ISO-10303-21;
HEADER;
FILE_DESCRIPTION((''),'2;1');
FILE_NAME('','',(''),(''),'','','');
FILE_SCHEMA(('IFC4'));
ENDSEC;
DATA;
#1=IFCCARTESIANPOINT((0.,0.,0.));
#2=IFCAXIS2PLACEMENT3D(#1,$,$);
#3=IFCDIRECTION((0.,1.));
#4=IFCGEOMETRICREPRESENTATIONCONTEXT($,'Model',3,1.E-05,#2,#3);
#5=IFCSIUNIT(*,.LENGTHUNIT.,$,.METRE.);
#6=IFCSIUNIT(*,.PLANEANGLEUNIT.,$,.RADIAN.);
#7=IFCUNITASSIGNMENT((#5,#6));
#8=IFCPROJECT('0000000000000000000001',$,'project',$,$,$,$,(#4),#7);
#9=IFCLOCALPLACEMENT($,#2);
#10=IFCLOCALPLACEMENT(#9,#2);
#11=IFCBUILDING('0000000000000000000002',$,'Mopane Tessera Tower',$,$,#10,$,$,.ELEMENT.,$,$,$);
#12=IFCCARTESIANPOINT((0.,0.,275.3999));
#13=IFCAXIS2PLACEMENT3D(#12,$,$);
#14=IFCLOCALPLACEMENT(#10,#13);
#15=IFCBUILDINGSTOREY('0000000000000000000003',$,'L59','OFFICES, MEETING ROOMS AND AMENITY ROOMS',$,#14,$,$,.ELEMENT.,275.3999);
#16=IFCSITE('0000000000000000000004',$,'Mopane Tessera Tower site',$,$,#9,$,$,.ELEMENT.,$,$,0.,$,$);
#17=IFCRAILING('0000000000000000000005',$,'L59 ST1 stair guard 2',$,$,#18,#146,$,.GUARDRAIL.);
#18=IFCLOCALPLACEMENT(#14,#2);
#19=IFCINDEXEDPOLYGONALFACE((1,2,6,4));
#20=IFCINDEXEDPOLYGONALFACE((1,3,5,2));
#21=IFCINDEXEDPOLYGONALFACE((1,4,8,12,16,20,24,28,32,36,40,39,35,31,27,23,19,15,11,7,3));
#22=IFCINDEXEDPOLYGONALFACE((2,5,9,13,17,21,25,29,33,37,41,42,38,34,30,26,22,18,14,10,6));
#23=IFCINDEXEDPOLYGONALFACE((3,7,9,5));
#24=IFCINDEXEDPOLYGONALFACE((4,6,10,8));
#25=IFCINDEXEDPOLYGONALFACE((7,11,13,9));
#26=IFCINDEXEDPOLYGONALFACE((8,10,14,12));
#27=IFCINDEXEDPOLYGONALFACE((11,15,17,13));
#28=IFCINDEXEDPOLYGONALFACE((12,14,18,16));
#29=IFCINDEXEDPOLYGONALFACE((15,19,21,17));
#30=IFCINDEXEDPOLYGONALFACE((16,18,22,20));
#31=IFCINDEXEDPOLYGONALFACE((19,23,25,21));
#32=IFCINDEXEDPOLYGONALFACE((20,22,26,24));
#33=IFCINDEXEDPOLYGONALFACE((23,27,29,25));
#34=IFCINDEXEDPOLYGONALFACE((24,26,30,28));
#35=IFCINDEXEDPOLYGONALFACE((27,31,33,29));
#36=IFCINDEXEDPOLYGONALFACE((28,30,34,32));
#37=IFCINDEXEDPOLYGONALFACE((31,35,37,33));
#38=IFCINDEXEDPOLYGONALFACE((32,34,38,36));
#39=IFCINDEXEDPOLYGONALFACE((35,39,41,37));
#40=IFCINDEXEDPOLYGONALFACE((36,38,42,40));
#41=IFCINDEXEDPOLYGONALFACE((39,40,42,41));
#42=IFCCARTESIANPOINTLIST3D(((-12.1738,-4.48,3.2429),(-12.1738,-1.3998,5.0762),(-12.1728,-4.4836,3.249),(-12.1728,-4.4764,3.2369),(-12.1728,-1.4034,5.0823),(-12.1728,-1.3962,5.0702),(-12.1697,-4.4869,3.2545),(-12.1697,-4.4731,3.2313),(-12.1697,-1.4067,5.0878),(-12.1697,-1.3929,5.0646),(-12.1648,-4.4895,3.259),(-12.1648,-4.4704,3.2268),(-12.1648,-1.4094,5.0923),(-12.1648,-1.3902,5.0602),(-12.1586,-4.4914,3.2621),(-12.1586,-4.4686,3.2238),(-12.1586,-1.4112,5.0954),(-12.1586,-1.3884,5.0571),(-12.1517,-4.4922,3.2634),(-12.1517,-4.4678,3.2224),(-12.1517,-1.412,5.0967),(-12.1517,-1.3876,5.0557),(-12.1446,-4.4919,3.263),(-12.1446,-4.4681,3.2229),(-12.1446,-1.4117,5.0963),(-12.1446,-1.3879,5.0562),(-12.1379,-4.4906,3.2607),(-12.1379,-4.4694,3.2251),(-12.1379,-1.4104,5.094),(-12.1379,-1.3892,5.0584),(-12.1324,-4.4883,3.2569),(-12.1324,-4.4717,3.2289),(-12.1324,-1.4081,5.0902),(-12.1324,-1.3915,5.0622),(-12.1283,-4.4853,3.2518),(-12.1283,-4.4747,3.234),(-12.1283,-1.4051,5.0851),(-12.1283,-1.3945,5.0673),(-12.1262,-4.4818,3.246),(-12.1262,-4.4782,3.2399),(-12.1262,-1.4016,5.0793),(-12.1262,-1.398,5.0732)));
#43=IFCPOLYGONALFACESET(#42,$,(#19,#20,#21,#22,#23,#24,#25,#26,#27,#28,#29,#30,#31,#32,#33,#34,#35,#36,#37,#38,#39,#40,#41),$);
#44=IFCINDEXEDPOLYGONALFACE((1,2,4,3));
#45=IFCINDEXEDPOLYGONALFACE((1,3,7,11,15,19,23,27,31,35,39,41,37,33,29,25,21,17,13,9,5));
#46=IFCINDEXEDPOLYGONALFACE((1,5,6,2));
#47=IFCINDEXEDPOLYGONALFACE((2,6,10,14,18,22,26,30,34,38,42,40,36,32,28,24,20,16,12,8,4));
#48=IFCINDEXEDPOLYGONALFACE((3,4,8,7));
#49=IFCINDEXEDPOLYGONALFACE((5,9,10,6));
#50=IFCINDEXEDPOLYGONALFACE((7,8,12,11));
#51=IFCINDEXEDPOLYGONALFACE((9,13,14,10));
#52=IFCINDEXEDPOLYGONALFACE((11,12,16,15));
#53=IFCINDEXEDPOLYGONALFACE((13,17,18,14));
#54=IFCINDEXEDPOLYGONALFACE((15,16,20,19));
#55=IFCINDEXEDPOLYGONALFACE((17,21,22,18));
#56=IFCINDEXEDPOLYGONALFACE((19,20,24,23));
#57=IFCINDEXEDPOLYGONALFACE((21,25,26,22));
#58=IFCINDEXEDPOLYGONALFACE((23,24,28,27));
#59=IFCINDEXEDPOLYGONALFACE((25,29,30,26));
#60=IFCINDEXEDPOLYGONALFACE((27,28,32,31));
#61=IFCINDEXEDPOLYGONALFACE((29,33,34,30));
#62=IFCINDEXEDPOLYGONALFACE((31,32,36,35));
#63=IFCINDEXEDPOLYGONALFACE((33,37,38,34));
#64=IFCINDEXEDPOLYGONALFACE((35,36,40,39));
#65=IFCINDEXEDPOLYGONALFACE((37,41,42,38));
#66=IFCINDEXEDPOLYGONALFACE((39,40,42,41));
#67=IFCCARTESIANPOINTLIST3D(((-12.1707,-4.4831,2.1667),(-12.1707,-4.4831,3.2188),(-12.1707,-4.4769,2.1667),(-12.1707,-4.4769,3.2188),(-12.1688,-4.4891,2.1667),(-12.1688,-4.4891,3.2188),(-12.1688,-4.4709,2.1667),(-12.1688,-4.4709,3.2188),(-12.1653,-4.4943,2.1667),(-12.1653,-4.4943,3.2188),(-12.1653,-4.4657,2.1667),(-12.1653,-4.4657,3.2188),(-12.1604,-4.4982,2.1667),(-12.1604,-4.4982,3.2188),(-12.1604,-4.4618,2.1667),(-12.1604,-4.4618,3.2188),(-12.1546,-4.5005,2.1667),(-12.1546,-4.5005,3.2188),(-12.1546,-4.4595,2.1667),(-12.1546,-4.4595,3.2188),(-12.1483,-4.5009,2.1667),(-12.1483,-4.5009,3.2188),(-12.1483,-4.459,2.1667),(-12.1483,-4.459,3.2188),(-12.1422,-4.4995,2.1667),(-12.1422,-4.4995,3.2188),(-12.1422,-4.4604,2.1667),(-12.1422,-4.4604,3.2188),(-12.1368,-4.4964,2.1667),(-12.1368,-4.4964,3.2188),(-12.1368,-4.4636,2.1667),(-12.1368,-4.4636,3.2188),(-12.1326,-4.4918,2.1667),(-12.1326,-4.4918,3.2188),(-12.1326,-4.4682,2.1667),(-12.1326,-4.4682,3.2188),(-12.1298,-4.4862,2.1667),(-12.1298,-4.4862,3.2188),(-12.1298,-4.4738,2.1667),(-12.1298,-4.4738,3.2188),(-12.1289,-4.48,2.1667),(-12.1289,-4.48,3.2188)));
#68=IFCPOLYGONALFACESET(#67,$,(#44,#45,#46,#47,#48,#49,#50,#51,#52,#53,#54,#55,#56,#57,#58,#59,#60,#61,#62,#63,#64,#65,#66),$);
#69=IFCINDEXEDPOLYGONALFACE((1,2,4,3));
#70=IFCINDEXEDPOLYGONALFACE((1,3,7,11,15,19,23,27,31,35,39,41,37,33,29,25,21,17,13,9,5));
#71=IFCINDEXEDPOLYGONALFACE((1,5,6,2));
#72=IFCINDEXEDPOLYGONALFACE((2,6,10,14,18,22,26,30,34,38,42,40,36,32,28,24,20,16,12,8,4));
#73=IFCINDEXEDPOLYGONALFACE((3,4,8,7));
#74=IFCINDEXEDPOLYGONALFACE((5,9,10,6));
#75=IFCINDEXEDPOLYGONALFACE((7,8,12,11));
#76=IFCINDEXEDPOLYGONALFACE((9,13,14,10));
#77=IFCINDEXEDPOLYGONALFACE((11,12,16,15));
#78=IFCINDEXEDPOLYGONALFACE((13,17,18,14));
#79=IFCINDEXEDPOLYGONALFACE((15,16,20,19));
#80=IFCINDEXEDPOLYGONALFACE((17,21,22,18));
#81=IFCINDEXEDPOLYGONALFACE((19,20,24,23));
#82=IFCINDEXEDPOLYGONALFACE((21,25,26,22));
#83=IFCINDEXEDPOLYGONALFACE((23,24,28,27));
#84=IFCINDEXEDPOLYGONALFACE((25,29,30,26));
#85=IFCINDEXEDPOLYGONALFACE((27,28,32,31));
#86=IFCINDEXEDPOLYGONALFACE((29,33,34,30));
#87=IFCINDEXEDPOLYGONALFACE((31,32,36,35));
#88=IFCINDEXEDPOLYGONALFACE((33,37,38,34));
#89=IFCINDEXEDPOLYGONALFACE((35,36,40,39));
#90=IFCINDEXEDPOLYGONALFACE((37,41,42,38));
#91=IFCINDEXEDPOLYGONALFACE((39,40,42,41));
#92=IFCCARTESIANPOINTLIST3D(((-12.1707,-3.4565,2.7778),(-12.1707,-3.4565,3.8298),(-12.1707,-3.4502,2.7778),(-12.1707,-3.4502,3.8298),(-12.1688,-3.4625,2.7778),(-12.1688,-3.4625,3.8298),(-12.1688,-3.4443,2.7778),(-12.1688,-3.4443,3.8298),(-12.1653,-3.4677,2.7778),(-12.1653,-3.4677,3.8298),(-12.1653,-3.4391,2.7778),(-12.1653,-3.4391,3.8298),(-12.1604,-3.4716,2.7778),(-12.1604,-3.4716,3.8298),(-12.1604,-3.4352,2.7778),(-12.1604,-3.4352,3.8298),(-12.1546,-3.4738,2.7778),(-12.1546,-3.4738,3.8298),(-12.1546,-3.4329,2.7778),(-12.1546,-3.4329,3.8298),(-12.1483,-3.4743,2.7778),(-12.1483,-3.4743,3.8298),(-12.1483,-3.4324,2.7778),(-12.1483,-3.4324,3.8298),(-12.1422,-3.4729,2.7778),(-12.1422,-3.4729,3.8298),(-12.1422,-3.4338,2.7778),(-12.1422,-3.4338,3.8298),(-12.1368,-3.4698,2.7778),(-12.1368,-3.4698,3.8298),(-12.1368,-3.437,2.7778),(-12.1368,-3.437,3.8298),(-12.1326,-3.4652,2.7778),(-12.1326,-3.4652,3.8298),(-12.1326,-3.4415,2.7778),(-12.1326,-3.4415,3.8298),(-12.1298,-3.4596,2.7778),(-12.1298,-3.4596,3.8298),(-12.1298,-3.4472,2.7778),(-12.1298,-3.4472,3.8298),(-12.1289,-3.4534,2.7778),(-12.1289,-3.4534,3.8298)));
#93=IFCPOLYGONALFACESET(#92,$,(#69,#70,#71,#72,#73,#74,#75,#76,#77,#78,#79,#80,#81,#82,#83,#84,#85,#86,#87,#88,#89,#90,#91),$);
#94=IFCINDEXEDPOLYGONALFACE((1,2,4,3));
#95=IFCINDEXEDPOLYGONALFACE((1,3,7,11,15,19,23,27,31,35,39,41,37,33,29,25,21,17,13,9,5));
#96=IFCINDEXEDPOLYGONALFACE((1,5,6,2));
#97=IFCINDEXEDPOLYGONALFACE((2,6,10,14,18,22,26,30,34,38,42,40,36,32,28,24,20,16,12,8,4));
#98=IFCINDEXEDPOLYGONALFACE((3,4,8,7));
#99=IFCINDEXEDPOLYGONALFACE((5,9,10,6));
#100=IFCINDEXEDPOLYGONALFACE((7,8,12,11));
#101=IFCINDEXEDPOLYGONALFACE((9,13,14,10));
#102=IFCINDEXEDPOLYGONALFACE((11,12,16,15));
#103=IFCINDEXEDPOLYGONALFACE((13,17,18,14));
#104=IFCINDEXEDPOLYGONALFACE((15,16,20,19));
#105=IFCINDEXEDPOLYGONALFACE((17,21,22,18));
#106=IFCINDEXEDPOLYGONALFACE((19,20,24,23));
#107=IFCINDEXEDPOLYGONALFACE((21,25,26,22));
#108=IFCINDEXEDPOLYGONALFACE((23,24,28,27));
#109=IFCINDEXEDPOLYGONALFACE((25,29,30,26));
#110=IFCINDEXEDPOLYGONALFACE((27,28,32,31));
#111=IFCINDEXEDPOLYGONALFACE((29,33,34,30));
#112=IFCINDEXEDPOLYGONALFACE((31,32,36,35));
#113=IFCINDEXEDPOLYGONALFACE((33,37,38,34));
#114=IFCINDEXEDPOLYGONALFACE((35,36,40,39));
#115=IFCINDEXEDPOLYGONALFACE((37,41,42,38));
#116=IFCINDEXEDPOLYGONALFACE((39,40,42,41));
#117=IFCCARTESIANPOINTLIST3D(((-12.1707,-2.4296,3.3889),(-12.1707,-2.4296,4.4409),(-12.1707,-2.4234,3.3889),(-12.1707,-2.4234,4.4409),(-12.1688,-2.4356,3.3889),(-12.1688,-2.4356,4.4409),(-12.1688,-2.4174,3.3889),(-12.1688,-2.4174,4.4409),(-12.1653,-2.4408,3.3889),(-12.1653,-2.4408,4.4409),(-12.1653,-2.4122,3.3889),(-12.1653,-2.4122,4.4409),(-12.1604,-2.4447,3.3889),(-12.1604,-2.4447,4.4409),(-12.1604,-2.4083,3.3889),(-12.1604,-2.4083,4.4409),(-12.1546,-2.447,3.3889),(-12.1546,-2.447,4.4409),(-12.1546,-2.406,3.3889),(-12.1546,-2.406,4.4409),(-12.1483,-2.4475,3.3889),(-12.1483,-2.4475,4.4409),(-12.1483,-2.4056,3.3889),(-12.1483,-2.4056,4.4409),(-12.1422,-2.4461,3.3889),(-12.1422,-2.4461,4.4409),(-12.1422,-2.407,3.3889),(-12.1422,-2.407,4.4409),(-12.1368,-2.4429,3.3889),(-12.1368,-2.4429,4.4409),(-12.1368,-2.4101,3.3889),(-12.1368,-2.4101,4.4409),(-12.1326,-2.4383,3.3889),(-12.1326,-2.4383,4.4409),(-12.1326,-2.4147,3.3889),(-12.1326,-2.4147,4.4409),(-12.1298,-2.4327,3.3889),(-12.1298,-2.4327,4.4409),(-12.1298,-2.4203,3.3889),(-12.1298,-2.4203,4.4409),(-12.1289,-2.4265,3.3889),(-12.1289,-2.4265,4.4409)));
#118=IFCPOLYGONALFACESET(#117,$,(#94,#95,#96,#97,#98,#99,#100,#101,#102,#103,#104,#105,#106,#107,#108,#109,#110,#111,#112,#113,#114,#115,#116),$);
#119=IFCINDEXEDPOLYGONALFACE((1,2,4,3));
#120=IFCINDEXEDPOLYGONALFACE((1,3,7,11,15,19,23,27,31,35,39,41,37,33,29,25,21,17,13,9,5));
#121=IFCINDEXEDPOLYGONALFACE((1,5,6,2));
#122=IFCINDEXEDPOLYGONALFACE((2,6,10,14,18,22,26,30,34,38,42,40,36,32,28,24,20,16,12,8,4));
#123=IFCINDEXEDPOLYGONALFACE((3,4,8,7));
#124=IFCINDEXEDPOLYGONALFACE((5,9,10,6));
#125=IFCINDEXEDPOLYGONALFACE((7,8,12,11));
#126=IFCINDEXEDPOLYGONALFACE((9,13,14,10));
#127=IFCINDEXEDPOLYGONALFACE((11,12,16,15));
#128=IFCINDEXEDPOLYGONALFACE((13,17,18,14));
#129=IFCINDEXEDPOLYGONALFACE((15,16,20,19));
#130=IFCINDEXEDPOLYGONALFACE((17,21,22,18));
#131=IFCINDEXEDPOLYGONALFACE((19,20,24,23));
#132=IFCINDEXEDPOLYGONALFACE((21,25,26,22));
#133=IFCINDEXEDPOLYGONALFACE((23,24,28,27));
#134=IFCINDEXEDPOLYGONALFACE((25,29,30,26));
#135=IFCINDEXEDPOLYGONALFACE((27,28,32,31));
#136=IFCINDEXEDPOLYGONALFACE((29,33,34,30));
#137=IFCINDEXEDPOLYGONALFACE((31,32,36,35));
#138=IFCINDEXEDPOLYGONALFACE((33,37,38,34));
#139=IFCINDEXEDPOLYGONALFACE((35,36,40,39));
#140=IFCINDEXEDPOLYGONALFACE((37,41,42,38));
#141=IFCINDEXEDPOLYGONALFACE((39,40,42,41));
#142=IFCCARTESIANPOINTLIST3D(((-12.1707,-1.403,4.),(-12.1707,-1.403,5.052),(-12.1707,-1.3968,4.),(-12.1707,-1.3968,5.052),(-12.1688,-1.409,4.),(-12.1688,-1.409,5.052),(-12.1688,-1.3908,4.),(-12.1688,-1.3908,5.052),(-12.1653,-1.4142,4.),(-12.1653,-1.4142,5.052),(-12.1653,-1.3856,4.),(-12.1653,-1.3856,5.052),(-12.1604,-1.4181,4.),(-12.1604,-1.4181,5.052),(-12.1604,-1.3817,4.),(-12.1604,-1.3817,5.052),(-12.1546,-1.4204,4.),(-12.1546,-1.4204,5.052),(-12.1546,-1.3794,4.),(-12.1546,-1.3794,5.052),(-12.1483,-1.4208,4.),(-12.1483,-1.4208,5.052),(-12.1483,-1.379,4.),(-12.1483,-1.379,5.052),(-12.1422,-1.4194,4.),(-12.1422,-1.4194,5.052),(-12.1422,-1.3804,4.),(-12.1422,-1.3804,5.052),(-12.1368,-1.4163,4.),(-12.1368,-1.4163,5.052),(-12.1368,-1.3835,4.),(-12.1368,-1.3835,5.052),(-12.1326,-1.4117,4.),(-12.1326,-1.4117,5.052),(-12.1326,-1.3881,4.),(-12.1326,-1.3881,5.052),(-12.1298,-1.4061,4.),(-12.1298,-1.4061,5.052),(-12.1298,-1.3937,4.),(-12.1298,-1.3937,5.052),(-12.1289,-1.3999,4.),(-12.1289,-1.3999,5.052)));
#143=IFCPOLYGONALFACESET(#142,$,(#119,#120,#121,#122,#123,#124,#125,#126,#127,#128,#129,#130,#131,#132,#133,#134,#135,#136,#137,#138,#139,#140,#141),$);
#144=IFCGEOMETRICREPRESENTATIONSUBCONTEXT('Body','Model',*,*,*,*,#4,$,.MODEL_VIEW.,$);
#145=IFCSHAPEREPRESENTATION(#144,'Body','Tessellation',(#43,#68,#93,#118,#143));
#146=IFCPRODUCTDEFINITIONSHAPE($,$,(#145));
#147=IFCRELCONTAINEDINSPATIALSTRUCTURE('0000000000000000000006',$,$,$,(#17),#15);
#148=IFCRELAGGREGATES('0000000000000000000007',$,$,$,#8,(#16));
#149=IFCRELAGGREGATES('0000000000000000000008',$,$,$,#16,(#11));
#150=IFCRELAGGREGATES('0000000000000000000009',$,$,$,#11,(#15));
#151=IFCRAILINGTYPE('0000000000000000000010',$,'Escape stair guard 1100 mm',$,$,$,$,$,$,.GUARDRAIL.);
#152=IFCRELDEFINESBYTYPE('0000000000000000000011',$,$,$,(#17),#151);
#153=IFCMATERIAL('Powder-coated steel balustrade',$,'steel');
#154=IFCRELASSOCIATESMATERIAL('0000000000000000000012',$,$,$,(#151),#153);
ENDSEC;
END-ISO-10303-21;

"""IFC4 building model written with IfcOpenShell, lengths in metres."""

from ifc_helpers import new_model, si_unit, direction, frame, origin, origin_2d, place, context, subcontext, project, spatial, circle, extrude, material, type_object, element, save


model = new_model("IFC4")

# Units and contexts
model_context = context("Model", 3, precision=1e-05, world=origin(), true_north=direction((0.0, 1.0)))
body_context = subcontext(model_context, "Body", "Model", "MODEL_VIEW")
ifc_project = project(units=[si_unit("LENGTHUNIT", "METRE"), si_unit("PLANEANGLEUNIT", "RADIAN")], contexts=[model_context])

# Site, building, storey
site_placement = place(None, origin())
site = spatial("IfcSite", under=ifc_project, at=site_placement, Name="Mopane Tessera Tower site", CompositionType="ELEMENT", RefElevation=0.0)
building_placement = place(site_placement, origin())
building = spatial("IfcBuilding", under=site, at=building_placement, Name="Mopane Tessera Tower", CompositionType="ELEMENT")
storey_placement = place(building_placement, frame((0.0, 0.0, 275.3999)))
storey = spatial("IfcBuildingStorey", under=building, at=storey_placement, Name="L59", Description="OFFICES, MEETING ROOMS AND AMENITY ROOMS", CompositionType="ELEMENT", Elevation=275.3999)

# Railing
ifc_material_1 = material(Name="Powder-coated steel balustrade", Category="steel")
railing_type_1 = type_object("IfcRailingType", Name="Escape stair guard 1100 mm", PredefinedType="GUARDRAIL", material=ifc_material_1)
railing_1_placement = place(storey_placement, frame((-12.1499, -4.48, 2.1667)))
element("IfcRailing", 1, at=railing_1_placement, inside=storey, type_object=railing_type_1, Name="L59 ST1 stair guard 2", PredefinedType="GUARDRAIL", context=body_context, shape_type="SweptSolid", body=[
    extrude(circle(Radius=0.0239, at=origin_2d()), frame((0.0, 0.0, 1.0762), z_axis=(0.0, 0.859309, 0.511458), x_axis=(-1.0, 0.0, 0.0)), (0.0, 0.0, 1.0), 3.5845),
    extrude(circle(Radius=0.021, at=origin_2d()), origin(), (0.0, 0.0, 1.0), 1.052),
    extrude(circle(Radius=0.021, at=origin_2d()), frame((0.0, 1.0266, 0.6111)), (0.0, 0.0, 1.0), 1.052),
    extrude(circle(Radius=0.021, at=origin_2d()), frame((0.0, 2.0535, 1.2222)), (0.0, 0.0, 1.0), 1.052),
    extrude(circle(Radius=0.021, at=origin_2d()), frame((0.0, 3.0801, 1.8333)), (0.0, 0.0, 1.0), 1.052),
])

save(model, "model.ifc")
